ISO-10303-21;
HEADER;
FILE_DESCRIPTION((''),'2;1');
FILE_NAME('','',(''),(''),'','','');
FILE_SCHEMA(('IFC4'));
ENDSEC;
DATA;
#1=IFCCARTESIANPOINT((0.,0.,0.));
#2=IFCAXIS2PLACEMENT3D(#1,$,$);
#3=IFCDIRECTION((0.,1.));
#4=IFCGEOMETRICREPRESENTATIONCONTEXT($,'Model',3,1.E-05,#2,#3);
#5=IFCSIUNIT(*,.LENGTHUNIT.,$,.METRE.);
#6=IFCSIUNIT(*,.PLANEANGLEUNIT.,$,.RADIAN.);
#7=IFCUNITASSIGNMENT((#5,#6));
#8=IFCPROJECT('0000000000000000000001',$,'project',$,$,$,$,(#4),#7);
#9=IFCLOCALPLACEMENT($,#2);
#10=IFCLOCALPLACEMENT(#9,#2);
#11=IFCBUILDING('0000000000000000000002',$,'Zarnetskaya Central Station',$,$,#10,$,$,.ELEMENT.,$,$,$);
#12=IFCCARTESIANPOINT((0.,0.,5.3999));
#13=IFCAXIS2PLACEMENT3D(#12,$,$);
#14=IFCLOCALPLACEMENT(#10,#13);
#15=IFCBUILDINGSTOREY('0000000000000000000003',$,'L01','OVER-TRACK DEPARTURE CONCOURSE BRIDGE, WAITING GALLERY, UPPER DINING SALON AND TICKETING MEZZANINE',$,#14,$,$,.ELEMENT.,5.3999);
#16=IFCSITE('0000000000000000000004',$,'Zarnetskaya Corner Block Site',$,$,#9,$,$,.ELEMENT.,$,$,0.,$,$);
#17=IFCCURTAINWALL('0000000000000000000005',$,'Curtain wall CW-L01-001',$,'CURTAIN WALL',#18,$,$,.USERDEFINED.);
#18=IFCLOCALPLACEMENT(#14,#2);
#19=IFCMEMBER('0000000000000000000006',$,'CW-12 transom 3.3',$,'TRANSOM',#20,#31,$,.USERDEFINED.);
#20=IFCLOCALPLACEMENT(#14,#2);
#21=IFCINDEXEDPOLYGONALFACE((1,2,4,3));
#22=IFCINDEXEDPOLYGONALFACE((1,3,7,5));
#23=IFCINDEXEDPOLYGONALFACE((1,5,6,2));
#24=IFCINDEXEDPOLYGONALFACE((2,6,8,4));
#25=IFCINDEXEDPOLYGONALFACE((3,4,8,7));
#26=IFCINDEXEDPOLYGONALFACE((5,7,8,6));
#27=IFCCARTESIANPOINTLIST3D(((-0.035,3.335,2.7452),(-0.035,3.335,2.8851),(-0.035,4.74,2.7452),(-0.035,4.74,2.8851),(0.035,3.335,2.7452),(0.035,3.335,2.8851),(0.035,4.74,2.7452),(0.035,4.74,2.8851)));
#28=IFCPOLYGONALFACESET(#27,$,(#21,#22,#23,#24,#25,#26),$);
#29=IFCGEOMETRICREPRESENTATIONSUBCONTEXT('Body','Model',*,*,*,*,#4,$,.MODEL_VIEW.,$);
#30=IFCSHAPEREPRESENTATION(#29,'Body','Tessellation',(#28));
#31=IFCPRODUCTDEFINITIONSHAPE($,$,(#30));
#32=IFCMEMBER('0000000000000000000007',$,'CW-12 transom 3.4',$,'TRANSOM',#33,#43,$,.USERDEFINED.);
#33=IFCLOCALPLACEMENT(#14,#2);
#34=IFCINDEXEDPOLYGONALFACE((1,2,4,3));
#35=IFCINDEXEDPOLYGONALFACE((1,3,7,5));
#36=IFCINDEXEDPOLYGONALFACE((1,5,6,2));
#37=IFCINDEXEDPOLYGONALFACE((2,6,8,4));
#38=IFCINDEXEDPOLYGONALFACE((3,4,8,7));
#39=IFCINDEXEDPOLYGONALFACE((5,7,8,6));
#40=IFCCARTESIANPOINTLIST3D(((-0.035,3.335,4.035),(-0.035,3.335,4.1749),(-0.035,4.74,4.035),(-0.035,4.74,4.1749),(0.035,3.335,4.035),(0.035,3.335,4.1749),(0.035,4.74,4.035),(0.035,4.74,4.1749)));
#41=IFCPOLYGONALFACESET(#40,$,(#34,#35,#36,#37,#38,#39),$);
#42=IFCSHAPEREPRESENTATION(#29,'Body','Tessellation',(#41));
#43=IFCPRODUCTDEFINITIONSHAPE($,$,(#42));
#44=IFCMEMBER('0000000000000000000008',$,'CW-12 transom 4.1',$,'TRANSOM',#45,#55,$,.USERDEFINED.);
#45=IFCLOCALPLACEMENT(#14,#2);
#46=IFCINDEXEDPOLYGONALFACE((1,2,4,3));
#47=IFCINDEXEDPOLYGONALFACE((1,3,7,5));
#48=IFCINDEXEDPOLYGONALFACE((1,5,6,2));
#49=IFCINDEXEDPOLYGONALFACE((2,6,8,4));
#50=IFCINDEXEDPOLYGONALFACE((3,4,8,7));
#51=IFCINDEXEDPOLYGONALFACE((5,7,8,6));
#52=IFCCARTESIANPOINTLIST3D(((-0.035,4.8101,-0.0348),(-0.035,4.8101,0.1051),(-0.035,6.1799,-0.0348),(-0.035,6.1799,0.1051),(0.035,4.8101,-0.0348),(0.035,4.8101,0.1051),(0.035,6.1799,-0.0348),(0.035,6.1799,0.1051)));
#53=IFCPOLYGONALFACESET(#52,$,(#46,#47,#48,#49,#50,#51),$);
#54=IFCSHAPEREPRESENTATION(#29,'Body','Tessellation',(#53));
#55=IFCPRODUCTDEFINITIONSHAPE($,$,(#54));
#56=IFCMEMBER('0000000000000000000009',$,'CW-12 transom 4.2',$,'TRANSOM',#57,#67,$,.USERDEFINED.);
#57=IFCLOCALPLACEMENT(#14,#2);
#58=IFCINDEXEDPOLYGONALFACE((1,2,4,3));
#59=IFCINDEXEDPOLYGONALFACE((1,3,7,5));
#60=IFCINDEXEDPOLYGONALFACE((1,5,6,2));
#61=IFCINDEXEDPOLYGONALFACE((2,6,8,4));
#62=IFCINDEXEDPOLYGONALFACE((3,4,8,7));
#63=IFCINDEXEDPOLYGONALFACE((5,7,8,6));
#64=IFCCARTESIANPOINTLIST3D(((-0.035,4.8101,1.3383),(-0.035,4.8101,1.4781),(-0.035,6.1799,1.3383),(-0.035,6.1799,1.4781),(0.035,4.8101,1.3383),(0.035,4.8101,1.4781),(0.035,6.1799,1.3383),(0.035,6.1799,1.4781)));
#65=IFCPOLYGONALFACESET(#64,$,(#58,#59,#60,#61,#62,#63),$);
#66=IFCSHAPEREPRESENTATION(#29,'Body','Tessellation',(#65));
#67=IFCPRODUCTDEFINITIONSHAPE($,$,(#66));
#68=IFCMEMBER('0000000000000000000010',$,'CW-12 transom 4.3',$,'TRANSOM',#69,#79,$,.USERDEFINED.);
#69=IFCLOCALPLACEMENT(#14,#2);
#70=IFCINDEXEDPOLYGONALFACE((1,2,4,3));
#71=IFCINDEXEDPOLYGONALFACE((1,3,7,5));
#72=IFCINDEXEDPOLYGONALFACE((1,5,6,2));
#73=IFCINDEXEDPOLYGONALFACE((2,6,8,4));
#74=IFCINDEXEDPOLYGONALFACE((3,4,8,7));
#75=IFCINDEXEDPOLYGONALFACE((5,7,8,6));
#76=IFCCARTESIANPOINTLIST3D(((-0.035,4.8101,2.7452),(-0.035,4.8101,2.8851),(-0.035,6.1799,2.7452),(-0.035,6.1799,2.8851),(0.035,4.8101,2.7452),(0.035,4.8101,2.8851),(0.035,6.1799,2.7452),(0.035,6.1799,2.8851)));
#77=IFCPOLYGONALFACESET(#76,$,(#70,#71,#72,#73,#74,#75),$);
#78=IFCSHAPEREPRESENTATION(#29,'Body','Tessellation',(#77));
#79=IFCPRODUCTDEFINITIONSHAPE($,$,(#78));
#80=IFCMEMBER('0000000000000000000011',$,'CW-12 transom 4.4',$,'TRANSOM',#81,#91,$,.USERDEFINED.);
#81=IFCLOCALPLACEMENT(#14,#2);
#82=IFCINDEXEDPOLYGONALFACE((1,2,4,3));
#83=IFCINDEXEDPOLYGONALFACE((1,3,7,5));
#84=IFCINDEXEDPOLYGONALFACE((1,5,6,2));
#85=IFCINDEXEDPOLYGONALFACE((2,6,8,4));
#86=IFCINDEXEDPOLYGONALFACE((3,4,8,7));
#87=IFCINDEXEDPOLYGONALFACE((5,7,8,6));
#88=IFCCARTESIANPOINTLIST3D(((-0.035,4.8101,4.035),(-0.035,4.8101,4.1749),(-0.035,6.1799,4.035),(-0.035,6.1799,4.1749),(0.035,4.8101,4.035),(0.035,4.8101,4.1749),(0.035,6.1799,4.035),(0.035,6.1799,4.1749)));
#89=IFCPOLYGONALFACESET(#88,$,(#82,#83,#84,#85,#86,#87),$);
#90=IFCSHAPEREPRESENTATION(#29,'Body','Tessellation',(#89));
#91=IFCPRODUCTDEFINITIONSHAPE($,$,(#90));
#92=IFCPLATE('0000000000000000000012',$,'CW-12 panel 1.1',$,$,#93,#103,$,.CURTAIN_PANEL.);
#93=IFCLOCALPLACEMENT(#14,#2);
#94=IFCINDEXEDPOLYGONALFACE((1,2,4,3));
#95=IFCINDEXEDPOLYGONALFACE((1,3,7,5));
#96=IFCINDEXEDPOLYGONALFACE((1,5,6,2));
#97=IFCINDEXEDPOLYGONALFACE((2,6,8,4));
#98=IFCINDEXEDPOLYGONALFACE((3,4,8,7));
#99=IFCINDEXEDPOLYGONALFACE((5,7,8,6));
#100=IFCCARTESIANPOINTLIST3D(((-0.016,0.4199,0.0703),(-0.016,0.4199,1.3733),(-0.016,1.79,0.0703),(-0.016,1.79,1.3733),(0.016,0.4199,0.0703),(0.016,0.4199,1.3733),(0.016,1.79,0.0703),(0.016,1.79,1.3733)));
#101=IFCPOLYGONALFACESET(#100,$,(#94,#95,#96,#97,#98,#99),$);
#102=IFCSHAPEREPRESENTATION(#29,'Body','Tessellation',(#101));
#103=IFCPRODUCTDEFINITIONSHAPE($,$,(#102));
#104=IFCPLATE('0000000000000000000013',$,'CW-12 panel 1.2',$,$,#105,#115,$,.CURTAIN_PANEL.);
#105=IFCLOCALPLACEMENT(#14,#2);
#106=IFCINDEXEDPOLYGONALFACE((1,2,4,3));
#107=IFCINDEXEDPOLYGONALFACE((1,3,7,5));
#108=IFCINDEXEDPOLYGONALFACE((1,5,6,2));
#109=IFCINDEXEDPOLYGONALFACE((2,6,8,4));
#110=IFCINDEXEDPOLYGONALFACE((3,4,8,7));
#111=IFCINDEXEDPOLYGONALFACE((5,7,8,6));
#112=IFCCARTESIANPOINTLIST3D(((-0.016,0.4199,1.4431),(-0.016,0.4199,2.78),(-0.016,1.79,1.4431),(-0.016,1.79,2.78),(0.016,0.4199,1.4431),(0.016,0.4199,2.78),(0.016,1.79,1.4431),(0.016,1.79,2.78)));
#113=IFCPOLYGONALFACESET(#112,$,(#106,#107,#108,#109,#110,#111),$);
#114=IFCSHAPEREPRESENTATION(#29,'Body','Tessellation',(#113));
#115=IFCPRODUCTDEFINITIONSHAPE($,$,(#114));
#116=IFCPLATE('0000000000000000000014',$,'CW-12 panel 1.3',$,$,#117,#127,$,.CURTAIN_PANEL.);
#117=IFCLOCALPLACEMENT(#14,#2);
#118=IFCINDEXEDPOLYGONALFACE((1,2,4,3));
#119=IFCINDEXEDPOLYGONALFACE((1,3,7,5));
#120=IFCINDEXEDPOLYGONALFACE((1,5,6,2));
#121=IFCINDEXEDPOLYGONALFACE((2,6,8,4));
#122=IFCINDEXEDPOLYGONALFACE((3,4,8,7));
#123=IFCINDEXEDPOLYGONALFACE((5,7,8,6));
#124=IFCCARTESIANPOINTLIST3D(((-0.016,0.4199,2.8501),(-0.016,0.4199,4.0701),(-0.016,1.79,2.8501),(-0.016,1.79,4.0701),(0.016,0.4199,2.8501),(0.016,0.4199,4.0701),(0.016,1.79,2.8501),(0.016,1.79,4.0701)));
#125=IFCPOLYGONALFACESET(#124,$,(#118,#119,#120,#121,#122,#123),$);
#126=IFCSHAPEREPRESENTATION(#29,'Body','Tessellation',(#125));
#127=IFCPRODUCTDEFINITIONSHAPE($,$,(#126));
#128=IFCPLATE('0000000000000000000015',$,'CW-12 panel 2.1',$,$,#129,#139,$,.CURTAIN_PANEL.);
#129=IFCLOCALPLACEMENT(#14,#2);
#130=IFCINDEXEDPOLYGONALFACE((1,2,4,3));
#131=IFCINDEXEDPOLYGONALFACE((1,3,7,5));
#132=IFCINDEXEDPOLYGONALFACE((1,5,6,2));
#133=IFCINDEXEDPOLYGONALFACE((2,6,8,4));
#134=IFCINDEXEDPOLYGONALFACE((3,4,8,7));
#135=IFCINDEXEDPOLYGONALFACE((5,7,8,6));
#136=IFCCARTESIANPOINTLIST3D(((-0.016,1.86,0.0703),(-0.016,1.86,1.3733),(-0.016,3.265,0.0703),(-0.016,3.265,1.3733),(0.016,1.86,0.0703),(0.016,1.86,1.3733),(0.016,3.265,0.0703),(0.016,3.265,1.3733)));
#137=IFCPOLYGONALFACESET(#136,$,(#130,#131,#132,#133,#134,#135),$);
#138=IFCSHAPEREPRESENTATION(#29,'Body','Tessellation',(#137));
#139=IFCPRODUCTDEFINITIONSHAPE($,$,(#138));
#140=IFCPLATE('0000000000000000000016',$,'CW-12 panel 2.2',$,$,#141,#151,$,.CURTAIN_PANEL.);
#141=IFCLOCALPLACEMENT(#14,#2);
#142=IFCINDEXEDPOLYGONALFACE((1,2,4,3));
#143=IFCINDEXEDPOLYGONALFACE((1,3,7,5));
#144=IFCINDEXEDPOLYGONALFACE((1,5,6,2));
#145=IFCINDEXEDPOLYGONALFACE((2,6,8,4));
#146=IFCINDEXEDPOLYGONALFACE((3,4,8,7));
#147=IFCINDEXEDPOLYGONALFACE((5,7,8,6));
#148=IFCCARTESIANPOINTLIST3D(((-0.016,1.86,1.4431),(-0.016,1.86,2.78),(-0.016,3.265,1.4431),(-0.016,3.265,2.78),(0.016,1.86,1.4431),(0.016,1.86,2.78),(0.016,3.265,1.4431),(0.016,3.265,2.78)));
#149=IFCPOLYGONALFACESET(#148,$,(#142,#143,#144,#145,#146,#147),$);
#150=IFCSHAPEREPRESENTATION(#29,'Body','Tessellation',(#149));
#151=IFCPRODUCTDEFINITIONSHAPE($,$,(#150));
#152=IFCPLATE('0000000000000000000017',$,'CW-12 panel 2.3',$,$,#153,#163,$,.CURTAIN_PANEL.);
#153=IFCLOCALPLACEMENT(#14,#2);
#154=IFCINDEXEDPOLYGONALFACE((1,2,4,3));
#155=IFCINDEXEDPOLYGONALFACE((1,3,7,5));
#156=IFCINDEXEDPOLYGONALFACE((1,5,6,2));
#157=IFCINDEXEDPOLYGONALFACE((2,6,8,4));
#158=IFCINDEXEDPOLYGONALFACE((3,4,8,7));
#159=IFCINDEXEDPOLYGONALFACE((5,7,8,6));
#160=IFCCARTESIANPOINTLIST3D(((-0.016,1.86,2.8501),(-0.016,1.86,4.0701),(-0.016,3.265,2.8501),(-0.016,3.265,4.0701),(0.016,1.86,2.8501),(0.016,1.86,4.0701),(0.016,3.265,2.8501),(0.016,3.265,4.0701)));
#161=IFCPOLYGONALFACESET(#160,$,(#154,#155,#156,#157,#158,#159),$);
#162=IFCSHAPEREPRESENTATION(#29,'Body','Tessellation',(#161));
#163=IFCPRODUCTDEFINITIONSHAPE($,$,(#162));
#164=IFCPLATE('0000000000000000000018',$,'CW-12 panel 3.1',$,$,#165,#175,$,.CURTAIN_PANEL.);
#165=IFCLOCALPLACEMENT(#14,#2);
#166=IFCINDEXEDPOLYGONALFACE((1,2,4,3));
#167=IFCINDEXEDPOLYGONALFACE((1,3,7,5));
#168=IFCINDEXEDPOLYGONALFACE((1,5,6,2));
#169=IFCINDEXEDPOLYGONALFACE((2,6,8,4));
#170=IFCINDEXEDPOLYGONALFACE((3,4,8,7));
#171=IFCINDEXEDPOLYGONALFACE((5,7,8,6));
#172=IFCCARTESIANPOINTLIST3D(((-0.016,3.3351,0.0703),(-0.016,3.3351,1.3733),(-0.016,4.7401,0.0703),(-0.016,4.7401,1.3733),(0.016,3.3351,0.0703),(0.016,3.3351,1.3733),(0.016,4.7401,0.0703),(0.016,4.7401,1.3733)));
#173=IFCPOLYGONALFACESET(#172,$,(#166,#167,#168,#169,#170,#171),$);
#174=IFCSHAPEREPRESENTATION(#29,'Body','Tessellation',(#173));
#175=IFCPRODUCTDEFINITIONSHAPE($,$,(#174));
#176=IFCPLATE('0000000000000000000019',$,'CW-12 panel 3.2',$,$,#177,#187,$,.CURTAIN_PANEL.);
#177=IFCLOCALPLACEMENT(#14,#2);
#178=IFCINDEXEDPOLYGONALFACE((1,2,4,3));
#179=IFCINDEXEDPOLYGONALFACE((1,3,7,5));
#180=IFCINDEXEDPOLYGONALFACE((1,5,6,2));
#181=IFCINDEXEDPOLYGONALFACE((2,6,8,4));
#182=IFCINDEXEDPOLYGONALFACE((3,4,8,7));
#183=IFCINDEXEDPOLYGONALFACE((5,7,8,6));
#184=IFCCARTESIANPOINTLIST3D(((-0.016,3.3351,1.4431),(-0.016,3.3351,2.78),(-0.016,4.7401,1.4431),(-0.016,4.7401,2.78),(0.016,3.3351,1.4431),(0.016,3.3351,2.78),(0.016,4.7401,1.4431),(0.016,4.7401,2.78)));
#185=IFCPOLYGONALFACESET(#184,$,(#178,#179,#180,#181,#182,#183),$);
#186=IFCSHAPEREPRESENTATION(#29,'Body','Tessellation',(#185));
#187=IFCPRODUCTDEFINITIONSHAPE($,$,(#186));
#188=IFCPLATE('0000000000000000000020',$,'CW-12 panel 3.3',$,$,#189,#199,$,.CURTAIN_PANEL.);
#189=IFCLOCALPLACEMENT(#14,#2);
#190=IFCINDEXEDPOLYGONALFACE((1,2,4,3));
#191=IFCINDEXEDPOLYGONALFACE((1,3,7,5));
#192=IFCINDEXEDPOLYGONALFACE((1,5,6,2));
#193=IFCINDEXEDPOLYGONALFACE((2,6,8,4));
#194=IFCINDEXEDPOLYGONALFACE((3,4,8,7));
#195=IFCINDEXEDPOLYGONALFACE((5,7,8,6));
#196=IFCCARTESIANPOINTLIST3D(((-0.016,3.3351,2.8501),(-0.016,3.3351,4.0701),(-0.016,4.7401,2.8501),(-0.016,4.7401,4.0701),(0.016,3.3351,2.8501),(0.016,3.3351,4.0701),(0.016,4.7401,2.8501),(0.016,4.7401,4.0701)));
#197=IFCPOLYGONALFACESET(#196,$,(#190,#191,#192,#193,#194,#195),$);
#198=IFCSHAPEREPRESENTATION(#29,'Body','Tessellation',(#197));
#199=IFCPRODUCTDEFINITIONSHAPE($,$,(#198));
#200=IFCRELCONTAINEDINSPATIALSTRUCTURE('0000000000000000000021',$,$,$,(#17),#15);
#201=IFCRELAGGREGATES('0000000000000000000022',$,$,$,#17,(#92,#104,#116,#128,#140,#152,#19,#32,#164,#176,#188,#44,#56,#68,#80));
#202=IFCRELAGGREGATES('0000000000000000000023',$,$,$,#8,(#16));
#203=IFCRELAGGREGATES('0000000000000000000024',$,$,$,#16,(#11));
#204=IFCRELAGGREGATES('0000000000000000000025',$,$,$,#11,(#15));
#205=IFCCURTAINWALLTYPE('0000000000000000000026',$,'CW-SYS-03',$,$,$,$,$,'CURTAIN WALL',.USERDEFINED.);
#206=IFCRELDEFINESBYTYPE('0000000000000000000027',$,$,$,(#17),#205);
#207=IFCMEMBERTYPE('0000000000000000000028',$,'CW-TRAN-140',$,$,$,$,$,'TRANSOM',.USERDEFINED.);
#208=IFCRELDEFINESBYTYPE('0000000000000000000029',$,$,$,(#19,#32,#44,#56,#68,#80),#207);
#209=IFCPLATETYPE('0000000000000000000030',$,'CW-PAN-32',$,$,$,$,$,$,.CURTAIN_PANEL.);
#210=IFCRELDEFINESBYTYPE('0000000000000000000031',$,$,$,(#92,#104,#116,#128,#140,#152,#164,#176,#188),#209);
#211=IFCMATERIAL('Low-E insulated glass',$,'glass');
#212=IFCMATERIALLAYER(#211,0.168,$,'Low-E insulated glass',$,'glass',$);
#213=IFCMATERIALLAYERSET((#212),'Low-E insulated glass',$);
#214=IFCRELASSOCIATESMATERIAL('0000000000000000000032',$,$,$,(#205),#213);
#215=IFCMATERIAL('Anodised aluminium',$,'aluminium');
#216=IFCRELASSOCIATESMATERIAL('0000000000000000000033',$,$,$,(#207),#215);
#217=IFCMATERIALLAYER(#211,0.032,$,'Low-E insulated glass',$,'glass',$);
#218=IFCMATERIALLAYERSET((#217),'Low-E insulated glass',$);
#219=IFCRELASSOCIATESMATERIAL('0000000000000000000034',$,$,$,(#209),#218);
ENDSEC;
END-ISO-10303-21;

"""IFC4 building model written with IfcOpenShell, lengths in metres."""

from ifc_helpers import new_model, si_unit, direction, frame, origin, origin_2d, place, context, subcontext, project, spatial, rectangle, extrude, material, layer, layer_set, material_profile, profile_set, type_object, element, aggregate, save


model = new_model("IFC4")

# Units and contexts
model_context = context("Model", 3, precision=1e-05, world=origin(), true_north=direction((0.0, 1.0)))
body_context = subcontext(model_context, "Body", "Model", "MODEL_VIEW")
ifc_project = project(units=[si_unit("LENGTHUNIT", "METRE"), si_unit("PLANEANGLEUNIT", "RADIAN")], contexts=[model_context])

# Site, building, storey
site_placement = place(None, origin())
site = spatial("IfcSite", under=ifc_project, at=site_placement, Name="Zarnetskaya Corner Block Site", CompositionType="ELEMENT", RefElevation=0.0)
building_placement = place(site_placement, origin())
building = spatial("IfcBuilding", under=site, at=building_placement, Name="Zarnetskaya Central Station", CompositionType="ELEMENT")
storey_placement = place(building_placement, frame((0.0, 0.0, 5.3999)))
storey = spatial("IfcBuildingStorey", under=building, at=storey_placement, Name="L01", Description="OVER-TRACK DEPARTURE CONCOURSE BRIDGE, WAITING GALLERY, UPPER DINING SALON AND TICKETING MEZZANINE", CompositionType="ELEMENT", Elevation=5.3999)

# Curtain wall, members, plates
ifc_material_1 = material(Name="Low-E insulated glass", Category="glass")
ifc_layer_1 = layer(ifc_material_1, 0.168, Name="Low-E insulated glass", Category="glass")
ifc_layer_set_1 = layer_set([ifc_layer_1], Name="Low-E insulated glass")
curtain_wall_type = type_object("IfcCurtainWallType", Name="CW-SYS-03", ElementType="CURTAIN WALL", PredefinedType="USERDEFINED", material=ifc_layer_set_1)
curtain_wall_placement = place(storey_placement, origin())
curtain_wall = element("IfcCurtainWall", 1, at=curtain_wall_placement, inside=storey, type_object=curtain_wall_type, Name="Curtain wall CW-L01-001", ObjectType="CURTAIN WALL", PredefinedType="USERDEFINED")
ifc_material_2 = material(Name="Anodised aluminium", Category="aluminium")
ifc_material_profile_1 = material_profile(ifc_material_2, rectangle(XDim=0.0701, YDim=0.1399, at=origin_2d()), Name="ALU TRAN 70x140")
ifc_profile_set_1 = profile_set([ifc_material_profile_1], Name="Anodised aluminium")
member_type_1 = type_object("IfcMemberType", Name="CW-TRAN-140", ElementType="TRANSOM", PredefinedType="USERDEFINED", material=ifc_profile_set_1)
member_1_placement = place(storey_placement, frame((0.0, 3.335, 2.8152), z_axis=(0.0, 1.0, 0.0), x_axis=(-1.0, 0.0, 0.0)))
member_1 = element("IfcMember", 2, at=member_1_placement, type_object=member_type_1, Name="CW-12 transom 3.3", ObjectType="TRANSOM", PredefinedType="USERDEFINED", context=body_context, shape_type="SweptSolid", body=[
    extrude(rectangle(XDim=0.0701, YDim=0.1399, at=origin_2d()), origin(), (0.0, 0.0, 1.0), 1.405),
])
member_2_placement = place(storey_placement, frame((0.0, 3.335, 4.105), z_axis=(0.0, 1.0, 0.0), x_axis=(-1.0, 0.0, 0.0)))
member_2 = element("IfcMember", 3, at=member_2_placement, type_object=member_type_1, Name="CW-12 transom 3.4", ObjectType="TRANSOM", PredefinedType="USERDEFINED", context=body_context, shape_type="SweptSolid", body=[
    extrude(rectangle(XDim=0.0701, YDim=0.1399, at=origin_2d()), origin(), (0.0, 0.0, 1.0), 1.405),
])
member_3_placement = place(storey_placement, frame((0.0, 4.8101, 0.0352), z_axis=(0.0, 1.0, 0.0), x_axis=(-1.0, 0.0, 0.0)))
member_3 = element("IfcMember", 4, at=member_3_placement, type_object=member_type_1, Name="CW-12 transom 4.1", ObjectType="TRANSOM", PredefinedType="USERDEFINED", context=body_context, shape_type="SweptSolid", body=[
    extrude(rectangle(XDim=0.0701, YDim=0.1399, at=origin_2d()), origin(), (0.0, 0.0, 1.0), 1.3699),
])
member_4_placement = place(storey_placement, frame((0.0, 4.8101, 1.4082), z_axis=(0.0, 1.0, 0.0), x_axis=(-1.0, 0.0, 0.0)))
member_4 = element("IfcMember", 5, at=member_4_placement, type_object=member_type_1, Name="CW-12 transom 4.2", ObjectType="TRANSOM", PredefinedType="USERDEFINED", context=body_context, shape_type="SweptSolid", body=[
    extrude(rectangle(XDim=0.0701, YDim=0.1399, at=origin_2d()), origin(), (0.0, 0.0, 1.0), 1.3699),
])
member_5_placement = place(storey_placement, frame((0.0, 4.8101, 2.8152), z_axis=(0.0, 1.0, 0.0), x_axis=(-1.0, 0.0, 0.0)))
member_5 = element("IfcMember", 6, at=member_5_placement, type_object=member_type_1, Name="CW-12 transom 4.3", ObjectType="TRANSOM", PredefinedType="USERDEFINED", context=body_context, shape_type="SweptSolid", body=[
    extrude(rectangle(XDim=0.0701, YDim=0.1399, at=origin_2d()), origin(), (0.0, 0.0, 1.0), 1.3699),
])
member_6_placement = place(storey_placement, frame((0.0, 4.8101, 4.105), z_axis=(0.0, 1.0, 0.0), x_axis=(-1.0, 0.0, 0.0)))
member_6 = element("IfcMember", 7, at=member_6_placement, type_object=member_type_1, Name="CW-12 transom 4.4", ObjectType="TRANSOM", PredefinedType="USERDEFINED", context=body_context, shape_type="SweptSolid", body=[
    extrude(rectangle(XDim=0.0701, YDim=0.1399, at=origin_2d()), origin(), (0.0, 0.0, 1.0), 1.3699),
])
ifc_layer_2 = layer(ifc_material_1, 0.032, Name="Low-E insulated glass", Category="glass")
ifc_layer_set_2 = layer_set([ifc_layer_2], Name="Low-E insulated glass")
plate_type = type_object("IfcPlateType", Name="CW-PAN-32", PredefinedType="CURTAIN_PANEL", material=ifc_layer_set_2)
plate_1_placement = place(storey_placement, frame((0.0, 1.105, 0.0703), z_axis=(0.0, 0.0, 1.0), x_axis=(0.0, 1.0, 0.0)))
plate_1 = element("IfcPlate", 8, at=plate_1_placement, type_object=plate_type, Name="CW-12 panel 1.1", PredefinedType="CURTAIN_PANEL", context=body_context, shape_type="SweptSolid", body=[
    extrude(rectangle(XDim=1.3701, YDim=0.032, at=origin_2d()), origin(), (0.0, 0.0, 1.0), 1.303),
])
plate_2_placement = place(storey_placement, frame((0.0, 1.105, 1.4431), z_axis=(0.0, 0.0, 1.0), x_axis=(0.0, 1.0, 0.0)))
plate_2 = element("IfcPlate", 9, at=plate_2_placement, type_object=plate_type, Name="CW-12 panel 1.2", PredefinedType="CURTAIN_PANEL", context=body_context, shape_type="SweptSolid", body=[
    extrude(rectangle(XDim=1.3701, YDim=0.032, at=origin_2d()), origin(), (0.0, 0.0, 1.0), 1.3369),
])
plate_3_placement = place(storey_placement, frame((0.0, 1.105, 2.8501), z_axis=(0.0, 0.0, 1.0), x_axis=(0.0, 1.0, 0.0)))
plate_3 = element("IfcPlate", 10, at=plate_3_placement, type_object=plate_type, Name="CW-12 panel 1.3", PredefinedType="CURTAIN_PANEL", context=body_context, shape_type="SweptSolid", body=[
    extrude(rectangle(XDim=1.3701, YDim=0.032, at=origin_2d()), origin(), (0.0, 0.0, 1.0), 1.22),
])
plate_4_placement = place(storey_placement, frame((0.0, 2.5625, 0.0703), z_axis=(0.0, 0.0, 1.0), x_axis=(0.0, 1.0, 0.0)))
plate_4 = element("IfcPlate", 11, at=plate_4_placement, type_object=plate_type, Name="CW-12 panel 2.1", PredefinedType="CURTAIN_PANEL", context=body_context, shape_type="SweptSolid", body=[
    extrude(rectangle(XDim=1.405, YDim=0.032, at=origin_2d()), origin(), (0.0, 0.0, 1.0), 1.303),
])
plate_5_placement = place(storey_placement, frame((0.0, 2.5625, 1.4431), z_axis=(0.0, 0.0, 1.0), x_axis=(0.0, 1.0, 0.0)))
plate_5 = element("IfcPlate", 12, at=plate_5_placement, type_object=plate_type, Name="CW-12 panel 2.2", PredefinedType="CURTAIN_PANEL", context=body_context, shape_type="SweptSolid", body=[
    extrude(rectangle(XDim=1.405, YDim=0.032, at=origin_2d()), origin(), (0.0, 0.0, 1.0), 1.3369),
])
plate_6_placement = place(storey_placement, frame((0.0, 2.5625, 2.8501), z_axis=(0.0, 0.0, 1.0), x_axis=(0.0, 1.0, 0.0)))
plate_6 = element("IfcPlate", 13, at=plate_6_placement, type_object=plate_type, Name="CW-12 panel 2.3", PredefinedType="CURTAIN_PANEL", context=body_context, shape_type="SweptSolid", body=[
    extrude(rectangle(XDim=1.405, YDim=0.032, at=origin_2d()), origin(), (0.0, 0.0, 1.0), 1.22),
])
plate_7_placement = place(storey_placement, frame((0.0, 4.0376, 0.0703), z_axis=(0.0, 0.0, 1.0), x_axis=(0.0, 1.0, 0.0)))
plate_7 = element("IfcPlate", 14, at=plate_7_placement, type_object=plate_type, Name="CW-12 panel 3.1", PredefinedType="CURTAIN_PANEL", context=body_context, shape_type="SweptSolid", body=[
    extrude(rectangle(XDim=1.405, YDim=0.032, at=origin_2d()), origin(), (0.0, 0.0, 1.0), 1.303),
])
plate_8_placement = place(storey_placement, frame((0.0, 4.0376, 1.4431), z_axis=(0.0, 0.0, 1.0), x_axis=(0.0, 1.0, 0.0)))
plate_8 = element("IfcPlate", 15, at=plate_8_placement, type_object=plate_type, Name="CW-12 panel 3.2", PredefinedType="CURTAIN_PANEL", context=body_context, shape_type="SweptSolid", body=[
    extrude(rectangle(XDim=1.405, YDim=0.032, at=origin_2d()), origin(), (0.0, 0.0, 1.0), 1.3369),
])
plate_9_placement = place(storey_placement, frame((0.0, 4.0376, 2.8501), z_axis=(0.0, 0.0, 1.0), x_axis=(0.0, 1.0, 0.0)))
plate_9 = element("IfcPlate", 16, at=plate_9_placement, type_object=plate_type, Name="CW-12 panel 3.3", PredefinedType="CURTAIN_PANEL", context=body_context, shape_type="SweptSolid", body=[
    extrude(rectangle(XDim=1.405, YDim=0.032, at=origin_2d()), origin(), (0.0, 0.0, 1.0), 1.22),
])
aggregate(curtain_wall, [plate_1, plate_2, plate_3, plate_4, plate_5, plate_6, member_1, member_2, plate_7, plate_8, plate_9, member_3, member_4, member_5, member_6])

save(model, "model.ifc")
